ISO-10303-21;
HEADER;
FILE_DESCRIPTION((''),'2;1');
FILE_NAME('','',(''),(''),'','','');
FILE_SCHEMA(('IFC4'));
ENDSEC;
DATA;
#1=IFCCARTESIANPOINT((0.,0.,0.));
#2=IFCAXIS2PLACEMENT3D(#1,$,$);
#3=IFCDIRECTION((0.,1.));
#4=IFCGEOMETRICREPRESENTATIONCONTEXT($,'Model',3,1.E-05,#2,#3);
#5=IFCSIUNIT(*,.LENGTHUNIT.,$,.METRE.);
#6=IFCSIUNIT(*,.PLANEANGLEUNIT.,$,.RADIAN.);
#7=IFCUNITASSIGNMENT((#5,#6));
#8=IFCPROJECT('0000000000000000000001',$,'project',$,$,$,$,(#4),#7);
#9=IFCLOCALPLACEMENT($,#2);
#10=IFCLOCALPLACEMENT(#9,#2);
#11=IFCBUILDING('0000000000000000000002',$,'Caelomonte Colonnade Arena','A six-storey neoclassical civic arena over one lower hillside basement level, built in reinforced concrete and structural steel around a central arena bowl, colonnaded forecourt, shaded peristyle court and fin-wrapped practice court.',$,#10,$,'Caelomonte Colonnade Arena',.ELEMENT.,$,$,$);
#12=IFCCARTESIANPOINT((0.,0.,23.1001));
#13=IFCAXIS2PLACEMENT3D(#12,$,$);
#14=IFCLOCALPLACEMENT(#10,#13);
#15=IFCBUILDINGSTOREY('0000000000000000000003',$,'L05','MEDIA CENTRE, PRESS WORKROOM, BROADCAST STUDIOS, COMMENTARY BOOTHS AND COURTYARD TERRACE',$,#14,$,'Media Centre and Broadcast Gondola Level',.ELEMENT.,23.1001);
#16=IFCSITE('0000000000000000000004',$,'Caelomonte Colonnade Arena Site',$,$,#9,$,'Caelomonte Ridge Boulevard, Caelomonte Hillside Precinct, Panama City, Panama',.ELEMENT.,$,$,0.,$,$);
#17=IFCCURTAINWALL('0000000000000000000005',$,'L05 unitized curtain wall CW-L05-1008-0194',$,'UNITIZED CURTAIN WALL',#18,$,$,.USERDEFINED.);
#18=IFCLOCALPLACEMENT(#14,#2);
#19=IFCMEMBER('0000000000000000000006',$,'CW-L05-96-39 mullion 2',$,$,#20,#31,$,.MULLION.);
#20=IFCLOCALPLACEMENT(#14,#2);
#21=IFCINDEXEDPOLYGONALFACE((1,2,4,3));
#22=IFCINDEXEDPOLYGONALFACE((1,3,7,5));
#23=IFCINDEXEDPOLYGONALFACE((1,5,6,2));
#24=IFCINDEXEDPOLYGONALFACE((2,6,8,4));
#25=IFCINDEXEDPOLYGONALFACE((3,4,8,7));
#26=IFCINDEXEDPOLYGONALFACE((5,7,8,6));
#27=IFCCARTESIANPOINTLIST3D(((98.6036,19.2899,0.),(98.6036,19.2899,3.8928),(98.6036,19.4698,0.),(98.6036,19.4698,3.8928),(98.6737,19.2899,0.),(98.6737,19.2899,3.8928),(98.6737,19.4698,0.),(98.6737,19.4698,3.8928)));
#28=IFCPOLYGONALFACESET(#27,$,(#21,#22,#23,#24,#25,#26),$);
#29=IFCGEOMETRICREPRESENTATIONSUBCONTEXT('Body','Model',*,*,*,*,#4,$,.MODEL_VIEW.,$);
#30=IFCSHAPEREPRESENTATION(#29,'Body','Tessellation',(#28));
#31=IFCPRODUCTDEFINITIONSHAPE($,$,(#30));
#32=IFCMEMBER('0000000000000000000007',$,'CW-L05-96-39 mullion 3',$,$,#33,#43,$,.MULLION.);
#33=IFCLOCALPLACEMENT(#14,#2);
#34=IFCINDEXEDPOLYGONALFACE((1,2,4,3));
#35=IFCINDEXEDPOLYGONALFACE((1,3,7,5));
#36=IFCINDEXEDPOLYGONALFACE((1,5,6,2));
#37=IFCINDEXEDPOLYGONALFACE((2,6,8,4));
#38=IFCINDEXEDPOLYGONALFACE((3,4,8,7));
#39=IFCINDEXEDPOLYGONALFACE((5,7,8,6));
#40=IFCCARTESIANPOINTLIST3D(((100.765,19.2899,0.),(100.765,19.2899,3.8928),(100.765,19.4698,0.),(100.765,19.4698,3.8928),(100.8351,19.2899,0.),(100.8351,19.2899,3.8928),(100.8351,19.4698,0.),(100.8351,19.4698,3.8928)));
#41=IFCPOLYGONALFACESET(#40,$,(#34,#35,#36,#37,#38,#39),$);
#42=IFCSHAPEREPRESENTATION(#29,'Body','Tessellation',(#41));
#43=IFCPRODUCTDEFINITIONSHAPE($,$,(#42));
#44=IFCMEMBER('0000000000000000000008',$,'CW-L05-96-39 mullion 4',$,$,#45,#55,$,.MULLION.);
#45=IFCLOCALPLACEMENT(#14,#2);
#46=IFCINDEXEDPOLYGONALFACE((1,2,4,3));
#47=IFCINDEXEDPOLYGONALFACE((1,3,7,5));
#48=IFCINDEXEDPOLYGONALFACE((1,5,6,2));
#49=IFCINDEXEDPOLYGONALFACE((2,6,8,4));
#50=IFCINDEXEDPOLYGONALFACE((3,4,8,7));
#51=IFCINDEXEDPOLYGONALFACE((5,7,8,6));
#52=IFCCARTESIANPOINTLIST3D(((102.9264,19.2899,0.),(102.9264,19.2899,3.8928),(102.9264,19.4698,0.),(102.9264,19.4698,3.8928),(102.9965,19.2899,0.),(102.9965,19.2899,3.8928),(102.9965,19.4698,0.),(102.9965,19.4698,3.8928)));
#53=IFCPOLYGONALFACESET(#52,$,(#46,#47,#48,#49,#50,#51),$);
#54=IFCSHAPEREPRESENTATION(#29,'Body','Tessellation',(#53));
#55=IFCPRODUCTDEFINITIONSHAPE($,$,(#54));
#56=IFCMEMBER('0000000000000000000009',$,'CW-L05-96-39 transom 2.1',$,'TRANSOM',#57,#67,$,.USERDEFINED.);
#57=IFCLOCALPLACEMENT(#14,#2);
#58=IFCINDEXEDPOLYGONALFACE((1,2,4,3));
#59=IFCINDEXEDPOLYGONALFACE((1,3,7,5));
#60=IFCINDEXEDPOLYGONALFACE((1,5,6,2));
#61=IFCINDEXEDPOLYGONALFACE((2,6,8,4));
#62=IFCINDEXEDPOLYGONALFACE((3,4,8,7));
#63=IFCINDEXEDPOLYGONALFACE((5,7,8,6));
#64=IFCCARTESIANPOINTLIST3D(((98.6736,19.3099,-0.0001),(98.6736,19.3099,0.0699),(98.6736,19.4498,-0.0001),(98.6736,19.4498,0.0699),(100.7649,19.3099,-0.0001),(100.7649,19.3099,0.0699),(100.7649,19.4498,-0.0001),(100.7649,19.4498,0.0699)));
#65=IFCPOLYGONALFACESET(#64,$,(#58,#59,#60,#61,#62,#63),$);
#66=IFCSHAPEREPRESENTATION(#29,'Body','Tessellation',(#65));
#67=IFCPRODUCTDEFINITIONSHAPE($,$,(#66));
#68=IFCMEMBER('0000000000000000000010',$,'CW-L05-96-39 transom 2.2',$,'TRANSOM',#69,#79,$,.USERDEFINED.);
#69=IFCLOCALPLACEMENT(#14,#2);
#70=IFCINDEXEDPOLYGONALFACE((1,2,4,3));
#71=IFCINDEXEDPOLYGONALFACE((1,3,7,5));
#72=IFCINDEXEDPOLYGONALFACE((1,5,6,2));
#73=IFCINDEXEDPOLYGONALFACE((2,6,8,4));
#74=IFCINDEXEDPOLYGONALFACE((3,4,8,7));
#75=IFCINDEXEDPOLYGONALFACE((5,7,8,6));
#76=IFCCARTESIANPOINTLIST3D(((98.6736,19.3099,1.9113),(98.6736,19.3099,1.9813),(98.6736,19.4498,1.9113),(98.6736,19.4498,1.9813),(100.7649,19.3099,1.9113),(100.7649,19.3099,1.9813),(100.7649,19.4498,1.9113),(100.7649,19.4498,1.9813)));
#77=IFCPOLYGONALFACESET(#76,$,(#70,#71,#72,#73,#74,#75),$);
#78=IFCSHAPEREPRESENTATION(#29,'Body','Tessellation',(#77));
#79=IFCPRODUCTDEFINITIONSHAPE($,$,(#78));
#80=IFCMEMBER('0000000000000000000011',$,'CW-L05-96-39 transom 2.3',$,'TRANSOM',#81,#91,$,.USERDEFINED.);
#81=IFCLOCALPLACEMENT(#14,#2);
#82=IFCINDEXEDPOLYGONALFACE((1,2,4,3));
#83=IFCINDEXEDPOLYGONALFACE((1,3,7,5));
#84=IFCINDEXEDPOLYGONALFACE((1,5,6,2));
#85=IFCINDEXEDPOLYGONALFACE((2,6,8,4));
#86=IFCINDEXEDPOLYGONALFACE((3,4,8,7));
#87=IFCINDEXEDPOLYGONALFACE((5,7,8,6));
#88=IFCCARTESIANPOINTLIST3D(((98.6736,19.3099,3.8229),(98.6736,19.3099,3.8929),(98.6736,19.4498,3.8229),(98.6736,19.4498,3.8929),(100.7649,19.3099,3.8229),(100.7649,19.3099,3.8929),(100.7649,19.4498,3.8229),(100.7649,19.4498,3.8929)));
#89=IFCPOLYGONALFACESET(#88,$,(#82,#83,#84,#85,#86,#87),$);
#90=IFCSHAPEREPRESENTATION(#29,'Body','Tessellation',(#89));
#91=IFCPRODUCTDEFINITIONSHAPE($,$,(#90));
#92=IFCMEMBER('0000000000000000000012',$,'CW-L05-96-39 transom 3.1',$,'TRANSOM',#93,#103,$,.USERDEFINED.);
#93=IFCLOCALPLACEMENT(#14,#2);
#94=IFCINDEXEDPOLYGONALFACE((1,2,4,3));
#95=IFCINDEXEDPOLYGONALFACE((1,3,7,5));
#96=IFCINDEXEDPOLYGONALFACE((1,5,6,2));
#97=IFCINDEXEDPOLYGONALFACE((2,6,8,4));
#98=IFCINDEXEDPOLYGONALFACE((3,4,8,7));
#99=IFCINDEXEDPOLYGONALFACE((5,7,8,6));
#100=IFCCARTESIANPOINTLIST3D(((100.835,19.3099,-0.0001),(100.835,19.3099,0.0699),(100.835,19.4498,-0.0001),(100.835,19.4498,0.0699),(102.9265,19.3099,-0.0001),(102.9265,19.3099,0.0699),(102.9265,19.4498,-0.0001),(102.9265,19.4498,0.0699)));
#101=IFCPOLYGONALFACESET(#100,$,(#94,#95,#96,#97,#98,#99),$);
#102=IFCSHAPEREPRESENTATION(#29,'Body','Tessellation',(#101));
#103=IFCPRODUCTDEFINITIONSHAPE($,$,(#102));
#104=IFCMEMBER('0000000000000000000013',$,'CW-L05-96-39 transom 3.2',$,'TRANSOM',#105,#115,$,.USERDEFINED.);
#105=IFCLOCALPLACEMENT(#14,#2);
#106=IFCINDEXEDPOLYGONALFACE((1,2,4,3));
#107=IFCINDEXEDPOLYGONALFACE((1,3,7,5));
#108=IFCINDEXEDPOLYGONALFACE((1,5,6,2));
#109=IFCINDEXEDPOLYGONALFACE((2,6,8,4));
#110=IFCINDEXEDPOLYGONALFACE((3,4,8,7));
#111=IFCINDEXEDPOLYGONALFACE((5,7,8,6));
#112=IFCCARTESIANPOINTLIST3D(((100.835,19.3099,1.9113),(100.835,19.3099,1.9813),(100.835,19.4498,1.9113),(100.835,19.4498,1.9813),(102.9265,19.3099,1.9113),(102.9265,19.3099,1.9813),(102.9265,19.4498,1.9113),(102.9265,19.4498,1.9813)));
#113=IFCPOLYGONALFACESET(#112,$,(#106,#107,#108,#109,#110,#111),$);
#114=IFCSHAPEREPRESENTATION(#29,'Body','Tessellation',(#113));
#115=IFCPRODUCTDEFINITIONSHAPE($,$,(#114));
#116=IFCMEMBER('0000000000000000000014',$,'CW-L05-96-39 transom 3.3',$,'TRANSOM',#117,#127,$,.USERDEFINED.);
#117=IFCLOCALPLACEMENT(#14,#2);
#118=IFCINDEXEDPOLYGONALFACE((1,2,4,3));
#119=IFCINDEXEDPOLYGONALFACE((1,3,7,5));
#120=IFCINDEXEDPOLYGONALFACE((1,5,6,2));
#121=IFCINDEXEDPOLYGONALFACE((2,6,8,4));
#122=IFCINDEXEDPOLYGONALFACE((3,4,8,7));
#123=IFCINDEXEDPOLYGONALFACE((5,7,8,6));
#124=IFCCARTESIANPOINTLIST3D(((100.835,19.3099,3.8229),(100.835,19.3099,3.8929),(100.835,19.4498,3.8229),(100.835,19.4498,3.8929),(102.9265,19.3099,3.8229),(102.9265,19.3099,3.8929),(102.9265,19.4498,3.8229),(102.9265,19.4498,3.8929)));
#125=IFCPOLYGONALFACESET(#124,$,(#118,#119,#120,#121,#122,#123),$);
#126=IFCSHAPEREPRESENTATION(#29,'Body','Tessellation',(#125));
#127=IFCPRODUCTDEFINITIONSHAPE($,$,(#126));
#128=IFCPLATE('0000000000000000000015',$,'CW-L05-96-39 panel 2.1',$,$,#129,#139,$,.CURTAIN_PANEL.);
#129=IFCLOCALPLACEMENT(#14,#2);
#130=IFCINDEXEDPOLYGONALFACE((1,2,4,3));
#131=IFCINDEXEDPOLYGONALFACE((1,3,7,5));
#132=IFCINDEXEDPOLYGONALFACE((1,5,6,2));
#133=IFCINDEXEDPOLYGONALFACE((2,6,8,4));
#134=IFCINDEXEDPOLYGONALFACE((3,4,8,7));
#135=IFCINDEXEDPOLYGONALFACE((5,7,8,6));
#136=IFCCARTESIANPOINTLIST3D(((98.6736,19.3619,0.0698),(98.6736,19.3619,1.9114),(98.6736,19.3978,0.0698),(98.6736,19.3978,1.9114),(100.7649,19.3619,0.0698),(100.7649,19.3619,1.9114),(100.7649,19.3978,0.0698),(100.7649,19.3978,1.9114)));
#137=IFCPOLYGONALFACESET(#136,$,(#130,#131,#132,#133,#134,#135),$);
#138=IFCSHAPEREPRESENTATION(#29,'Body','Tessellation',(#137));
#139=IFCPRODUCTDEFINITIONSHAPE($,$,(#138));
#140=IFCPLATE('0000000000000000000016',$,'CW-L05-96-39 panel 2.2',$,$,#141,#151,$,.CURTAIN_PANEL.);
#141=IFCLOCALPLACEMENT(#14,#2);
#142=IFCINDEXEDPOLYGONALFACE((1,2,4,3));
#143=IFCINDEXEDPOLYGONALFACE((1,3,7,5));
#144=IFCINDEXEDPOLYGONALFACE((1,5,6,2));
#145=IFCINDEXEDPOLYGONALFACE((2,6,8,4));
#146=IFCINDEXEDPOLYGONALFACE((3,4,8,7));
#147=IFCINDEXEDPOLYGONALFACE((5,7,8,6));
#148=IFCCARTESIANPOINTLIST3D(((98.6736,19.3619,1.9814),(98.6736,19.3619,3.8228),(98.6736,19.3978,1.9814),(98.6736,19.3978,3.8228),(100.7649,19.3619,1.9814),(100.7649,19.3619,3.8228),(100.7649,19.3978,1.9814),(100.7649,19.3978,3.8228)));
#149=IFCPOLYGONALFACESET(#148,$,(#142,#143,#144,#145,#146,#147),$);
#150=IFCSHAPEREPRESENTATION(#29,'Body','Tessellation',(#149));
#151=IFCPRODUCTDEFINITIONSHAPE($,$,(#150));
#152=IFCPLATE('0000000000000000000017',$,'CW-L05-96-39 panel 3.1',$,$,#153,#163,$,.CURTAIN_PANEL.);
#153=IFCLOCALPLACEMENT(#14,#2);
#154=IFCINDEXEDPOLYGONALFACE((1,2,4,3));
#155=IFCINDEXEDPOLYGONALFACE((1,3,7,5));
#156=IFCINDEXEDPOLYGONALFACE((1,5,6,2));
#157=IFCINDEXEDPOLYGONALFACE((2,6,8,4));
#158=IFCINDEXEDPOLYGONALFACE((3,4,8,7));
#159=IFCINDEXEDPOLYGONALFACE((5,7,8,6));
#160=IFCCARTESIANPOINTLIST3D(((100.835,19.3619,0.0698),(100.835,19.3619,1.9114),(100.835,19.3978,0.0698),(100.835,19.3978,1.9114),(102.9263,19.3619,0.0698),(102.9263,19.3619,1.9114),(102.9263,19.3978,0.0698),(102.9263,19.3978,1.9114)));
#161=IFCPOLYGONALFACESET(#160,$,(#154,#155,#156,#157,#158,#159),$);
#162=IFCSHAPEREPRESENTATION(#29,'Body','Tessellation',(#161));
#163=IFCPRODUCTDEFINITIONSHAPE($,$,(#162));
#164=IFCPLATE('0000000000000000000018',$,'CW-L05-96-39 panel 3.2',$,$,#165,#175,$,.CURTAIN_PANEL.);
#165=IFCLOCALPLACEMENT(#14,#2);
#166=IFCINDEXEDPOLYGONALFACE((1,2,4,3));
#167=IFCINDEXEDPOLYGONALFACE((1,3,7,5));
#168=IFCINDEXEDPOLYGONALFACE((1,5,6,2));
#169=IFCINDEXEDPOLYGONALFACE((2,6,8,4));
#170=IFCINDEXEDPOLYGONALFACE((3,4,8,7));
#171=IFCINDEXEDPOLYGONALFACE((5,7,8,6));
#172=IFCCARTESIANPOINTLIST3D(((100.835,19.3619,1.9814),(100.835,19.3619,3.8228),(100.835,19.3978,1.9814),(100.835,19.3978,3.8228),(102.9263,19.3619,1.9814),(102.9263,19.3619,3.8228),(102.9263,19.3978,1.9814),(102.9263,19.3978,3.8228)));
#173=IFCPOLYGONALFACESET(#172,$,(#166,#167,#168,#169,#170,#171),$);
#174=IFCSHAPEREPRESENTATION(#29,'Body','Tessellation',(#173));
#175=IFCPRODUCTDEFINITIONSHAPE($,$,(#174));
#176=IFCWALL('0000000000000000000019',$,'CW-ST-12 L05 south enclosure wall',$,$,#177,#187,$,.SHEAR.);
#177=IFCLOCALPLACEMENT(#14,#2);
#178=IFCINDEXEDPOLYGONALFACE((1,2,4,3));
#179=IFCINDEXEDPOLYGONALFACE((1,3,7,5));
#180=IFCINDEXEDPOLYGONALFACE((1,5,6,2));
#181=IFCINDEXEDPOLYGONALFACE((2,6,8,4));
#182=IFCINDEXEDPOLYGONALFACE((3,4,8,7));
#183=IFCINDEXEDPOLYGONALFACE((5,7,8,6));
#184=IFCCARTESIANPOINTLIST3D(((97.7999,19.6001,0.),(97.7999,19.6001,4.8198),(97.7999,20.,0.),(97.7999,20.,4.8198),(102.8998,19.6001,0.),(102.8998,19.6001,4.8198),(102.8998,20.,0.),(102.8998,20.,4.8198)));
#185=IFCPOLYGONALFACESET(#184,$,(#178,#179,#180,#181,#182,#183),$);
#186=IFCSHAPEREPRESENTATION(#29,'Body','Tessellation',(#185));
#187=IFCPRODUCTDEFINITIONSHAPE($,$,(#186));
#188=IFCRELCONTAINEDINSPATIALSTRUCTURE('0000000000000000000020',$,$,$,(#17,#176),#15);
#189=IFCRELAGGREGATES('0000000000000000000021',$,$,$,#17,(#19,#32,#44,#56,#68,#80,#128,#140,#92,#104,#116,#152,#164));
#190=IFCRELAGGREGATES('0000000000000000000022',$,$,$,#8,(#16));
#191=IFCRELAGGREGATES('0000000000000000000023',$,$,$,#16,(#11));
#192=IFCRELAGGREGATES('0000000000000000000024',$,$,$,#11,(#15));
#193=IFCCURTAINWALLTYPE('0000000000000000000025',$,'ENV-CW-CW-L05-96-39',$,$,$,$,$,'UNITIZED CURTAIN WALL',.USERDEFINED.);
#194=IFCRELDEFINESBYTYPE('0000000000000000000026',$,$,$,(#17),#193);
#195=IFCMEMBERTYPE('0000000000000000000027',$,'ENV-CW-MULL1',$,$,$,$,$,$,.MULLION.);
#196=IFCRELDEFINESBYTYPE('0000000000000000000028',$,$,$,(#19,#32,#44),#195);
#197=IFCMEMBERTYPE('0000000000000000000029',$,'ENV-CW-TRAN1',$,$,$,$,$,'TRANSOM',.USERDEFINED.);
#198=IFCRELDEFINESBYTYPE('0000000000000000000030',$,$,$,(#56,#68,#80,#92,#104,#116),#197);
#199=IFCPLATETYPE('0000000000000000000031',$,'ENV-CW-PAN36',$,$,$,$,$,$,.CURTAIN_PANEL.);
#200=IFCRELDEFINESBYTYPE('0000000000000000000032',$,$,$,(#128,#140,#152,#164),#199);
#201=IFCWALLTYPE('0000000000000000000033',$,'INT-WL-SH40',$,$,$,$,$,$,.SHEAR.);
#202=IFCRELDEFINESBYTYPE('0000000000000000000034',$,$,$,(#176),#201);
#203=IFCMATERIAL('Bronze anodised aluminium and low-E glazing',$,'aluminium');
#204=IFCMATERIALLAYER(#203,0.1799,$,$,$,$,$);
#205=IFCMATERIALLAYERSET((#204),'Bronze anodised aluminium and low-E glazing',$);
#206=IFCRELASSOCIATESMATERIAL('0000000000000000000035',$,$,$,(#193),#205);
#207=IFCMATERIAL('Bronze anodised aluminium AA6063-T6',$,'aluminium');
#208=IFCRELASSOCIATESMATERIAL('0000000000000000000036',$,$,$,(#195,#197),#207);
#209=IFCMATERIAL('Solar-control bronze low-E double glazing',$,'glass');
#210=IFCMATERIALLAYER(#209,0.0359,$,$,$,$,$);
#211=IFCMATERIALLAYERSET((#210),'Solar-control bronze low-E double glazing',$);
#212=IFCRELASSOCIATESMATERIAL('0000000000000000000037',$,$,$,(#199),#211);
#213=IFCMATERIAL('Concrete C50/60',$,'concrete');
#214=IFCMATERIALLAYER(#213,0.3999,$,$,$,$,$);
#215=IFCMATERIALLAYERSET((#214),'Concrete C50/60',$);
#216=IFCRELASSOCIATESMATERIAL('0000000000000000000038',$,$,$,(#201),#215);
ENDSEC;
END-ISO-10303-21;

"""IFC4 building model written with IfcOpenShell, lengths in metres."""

from ifc_helpers import new_model, si_unit, direction, frame, frame_2d, origin, origin_2d, place, context, subcontext, project, spatial, rectangle, extrude, material, layer, layer_set, material_profile, profile_set, type_object, element, aggregate, save


model = new_model("IFC4")

# Units and contexts
model_context = context("Model", 3, precision=1e-05, world=origin(), true_north=direction((0.0, 1.0)))
body_context = subcontext(model_context, "Body", "Model", "MODEL_VIEW")
ifc_project = project(units=[si_unit("LENGTHUNIT", "METRE"), si_unit("PLANEANGLEUNIT", "RADIAN")], contexts=[model_context])

# Site, building, storey
site_placement = place(None, origin())
site = spatial("IfcSite", under=ifc_project, at=site_placement, Name="Caelomonte Colonnade Arena Site", LongName="Caelomonte Ridge Boulevard, Caelomonte Hillside Precinct, Panama City, Panama", CompositionType="ELEMENT", RefElevation=0.0)
building_placement = place(site_placement, origin())
building = spatial("IfcBuilding", under=site, at=building_placement, Name="Caelomonte Colonnade Arena", Description="A six-storey neoclassical civic arena over one lower hillside basement level, built in reinforced concrete and structural steel around a central arena bowl, colonnaded forecourt, shaded peristyle court and fin-wrapped practice court.", LongName="Caelomonte Colonnade Arena", CompositionType="ELEMENT")
storey_placement = place(building_placement, frame((0.0, 0.0, 23.1001)))
storey = spatial("IfcBuildingStorey", under=building, at=storey_placement, Name="L05", Description="MEDIA CENTRE, PRESS WORKROOM, BROADCAST STUDIOS, COMMENTARY BOOTHS AND COURTYARD TERRACE", LongName="Media Centre and Broadcast Gondola Level", CompositionType="ELEMENT", Elevation=23.1001)

# Curtain wall, members, plates
ifc_material_1 = material(Name="Bronze anodised aluminium and low-E glazing", Category="aluminium")
ifc_layer_1 = layer(ifc_material_1, 0.1799)
ifc_layer_set_1 = layer_set([ifc_layer_1], Name="Bronze anodised aluminium and low-E glazing")
curtain_wall_type = type_object("IfcCurtainWallType", Name="ENV-CW-CW-L05-96-39", ElementType="UNITIZED CURTAIN WALL", PredefinedType="USERDEFINED", material=ifc_layer_set_1)
curtain_wall_placement = place(storey_placement, origin())
curtain_wall = element("IfcCurtainWall", 1, at=curtain_wall_placement, inside=storey, type_object=curtain_wall_type, Name="L05 unitized curtain wall CW-L05-1008-0194", ObjectType="UNITIZED CURTAIN WALL", PredefinedType="USERDEFINED")
ifc_material_2 = material(Name="Bronze anodised aluminium AA6063-T6", Category="aluminium")
ifc_material_profile_1 = material_profile(ifc_material_2, rectangle(XDim=0.0701, YDim=0.1799, at=origin_2d()), Name="CWM-70X180")
ifc_profile_set_1 = profile_set([ifc_material_profile_1], Name="Bronze anodised aluminium AA6063-T6")
member_type_1 = type_object("IfcMemberType", Name="ENV-CW-MULL1", PredefinedType="MULLION", material=ifc_profile_set_1)
member_1_placement = place(storey_placement, frame((98.6387, 19.3799, 0.0), z_axis=(0.0, 0.0, 1.0), x_axis=(1.0, 0.0, 0.0)))
member_1 = element("IfcMember", 2, at=member_1_placement, type_object=member_type_1, Name="CW-L05-96-39 mullion 2", PredefinedType="MULLION", context=body_context, shape_type="SweptSolid", body=[
    extrude(rectangle(XDim=0.0701, YDim=0.1799, at=origin_2d()), origin(), (0.0, 0.0, 1.0), 3.8928),
])
member_2_placement = place(storey_placement, frame((100.8, 19.3799, 0.0), z_axis=(0.0, 0.0, 1.0), x_axis=(1.0, 0.0, 0.0)))
member_2 = element("IfcMember", 3, at=member_2_placement, type_object=member_type_1, Name="CW-L05-96-39 mullion 3", PredefinedType="MULLION", context=body_context, shape_type="SweptSolid", body=[
    extrude(rectangle(XDim=0.0701, YDim=0.1799, at=origin_2d()), origin(), (0.0, 0.0, 1.0), 3.8928),
])
member_3_placement = place(storey_placement, frame((102.9614, 19.3799, 0.0), z_axis=(0.0, 0.0, 1.0), x_axis=(1.0, 0.0, 0.0)))
member_3 = element("IfcMember", 4, at=member_3_placement, type_object=member_type_1, Name="CW-L05-96-39 mullion 4", PredefinedType="MULLION", context=body_context, shape_type="SweptSolid", body=[
    extrude(rectangle(XDim=0.0701, YDim=0.1799, at=origin_2d()), origin(), (0.0, 0.0, 1.0), 3.8928),
])
ifc_material_profile_2 = material_profile(ifc_material_2, rectangle(XDim=0.0701, YDim=0.1399, at=origin_2d()), Name="CWT-70X140")
ifc_profile_set_2 = profile_set([ifc_material_profile_2], Name="Bronze anodised aluminium AA6063-T6")
member_type_2 = type_object("IfcMemberType", Name="ENV-CW-TRAN1", ElementType="TRANSOM", PredefinedType="USERDEFINED", material=ifc_profile_set_2)
member_4_placement = place(storey_placement, frame((98.6736, 19.3799, 0.0349), z_axis=(1.0, 0.0, 0.0), x_axis=(0.0, 0.0, 1.0)))
member_4 = element("IfcMember", 5, at=member_4_placement, type_object=member_type_2, Name="CW-L05-96-39 transom 2.1", ObjectType="TRANSOM", PredefinedType="USERDEFINED", context=body_context, shape_type="SweptSolid", body=[
    extrude(rectangle(XDim=0.0701, YDim=0.1399, at=origin_2d()), origin(), (0.0, 0.0, 1.0), 2.0913),
])
member_5_placement = place(storey_placement, frame((98.6736, 19.3799, 1.9463), z_axis=(1.0, 0.0, 0.0), x_axis=(0.0, 0.0, 1.0)))
member_5 = element("IfcMember", 6, at=member_5_placement, type_object=member_type_2, Name="CW-L05-96-39 transom 2.2", ObjectType="TRANSOM", PredefinedType="USERDEFINED", context=body_context, shape_type="SweptSolid", body=[
    extrude(rectangle(XDim=0.0701, YDim=0.1399, at=origin_2d()), origin(), (0.0, 0.0, 1.0), 2.0913),
])
member_6_placement = place(storey_placement, frame((98.6736, 19.3799, 3.8579), z_axis=(1.0, 0.0, 0.0), x_axis=(0.0, 0.0, 1.0)))
member_6 = element("IfcMember", 7, at=member_6_placement, type_object=member_type_2, Name="CW-L05-96-39 transom 2.3", ObjectType="TRANSOM", PredefinedType="USERDEFINED", context=body_context, shape_type="SweptSolid", body=[
    extrude(rectangle(XDim=0.0701, YDim=0.1399, at=origin_2d()), origin(), (0.0, 0.0, 1.0), 2.0913),
])
member_7_placement = place(storey_placement, frame((100.835, 19.3799, 0.0349), z_axis=(1.0, 0.0, 0.0), x_axis=(0.0, 0.0, 1.0)))
member_7 = element("IfcMember", 8, at=member_7_placement, type_object=member_type_2, Name="CW-L05-96-39 transom 3.1", ObjectType="TRANSOM", PredefinedType="USERDEFINED", context=body_context, shape_type="SweptSolid", body=[
    extrude(rectangle(XDim=0.0701, YDim=0.1399, at=origin_2d()), origin(), (0.0, 0.0, 1.0), 2.0916),
])
member_8_placement = place(storey_placement, frame((100.835, 19.3799, 1.9463), z_axis=(1.0, 0.0, 0.0), x_axis=(0.0, 0.0, 1.0)))
member_8 = element("IfcMember", 9, at=member_8_placement, type_object=member_type_2, Name="CW-L05-96-39 transom 3.2", ObjectType="TRANSOM", PredefinedType="USERDEFINED", context=body_context, shape_type="SweptSolid", body=[
    extrude(rectangle(XDim=0.0701, YDim=0.1399, at=origin_2d()), origin(), (0.0, 0.0, 1.0), 2.0916),
])
member_9_placement = place(storey_placement, frame((100.835, 19.3799, 3.8579), z_axis=(1.0, 0.0, 0.0), x_axis=(0.0, 0.0, 1.0)))
member_9 = element("IfcMember", 10, at=member_9_placement, type_object=member_type_2, Name="CW-L05-96-39 transom 3.3", ObjectType="TRANSOM", PredefinedType="USERDEFINED", context=body_context, shape_type="SweptSolid", body=[
    extrude(rectangle(XDim=0.0701, YDim=0.1399, at=origin_2d()), origin(), (0.0, 0.0, 1.0), 2.0916),
])
ifc_material_3 = material(Name="Solar-control bronze low-E double glazing", Category="glass")
ifc_layer_2 = layer(ifc_material_3, 0.0359)
ifc_layer_set_2 = layer_set([ifc_layer_2], Name="Solar-control bronze low-E double glazing")
plate_type = type_object("IfcPlateType", Name="ENV-CW-PAN36", PredefinedType="CURTAIN_PANEL", material=ifc_layer_set_2)
plate_1_placement = place(storey_placement, frame((99.7192, 19.3799, 0.0698), z_axis=(0.0, 0.0, 1.0), x_axis=(1.0, 0.0, 0.0)))
plate_1 = element("IfcPlate", 11, at=plate_1_placement, type_object=plate_type, Name="CW-L05-96-39 panel 2.1", PredefinedType="CURTAIN_PANEL", context=body_context, shape_type="SweptSolid", body=[
    extrude(rectangle(XDim=2.0913, YDim=0.0359, at=origin_2d()), origin(), (0.0, 0.0, 1.0), 1.8416),
])
plate_2_placement = place(storey_placement, frame((99.7192, 19.3799, 1.9814), z_axis=(0.0, 0.0, 1.0), x_axis=(1.0, 0.0, 0.0)))
plate_2 = element("IfcPlate", 12, at=plate_2_placement, type_object=plate_type, Name="CW-L05-96-39 panel 2.2", PredefinedType="CURTAIN_PANEL", context=body_context, shape_type="SweptSolid", body=[
    extrude(rectangle(XDim=2.0913, YDim=0.0359, at=origin_2d()), origin(), (0.0, 0.0, 1.0), 1.8413),
])
plate_3_placement = place(storey_placement, frame((101.8806, 19.3799, 0.0698), z_axis=(0.0, 0.0, 1.0), x_axis=(1.0, 0.0, 0.0)))
plate_3 = element("IfcPlate", 13, at=plate_3_placement, type_object=plate_type, Name="CW-L05-96-39 panel 3.1", PredefinedType="CURTAIN_PANEL", context=body_context, shape_type="SweptSolid", body=[
    extrude(rectangle(XDim=2.0913, YDim=0.0359, at=origin_2d()), origin(), (0.0, 0.0, 1.0), 1.8416),
])
plate_4_placement = place(storey_placement, frame((101.8806, 19.3799, 1.9814), z_axis=(0.0, 0.0, 1.0), x_axis=(1.0, 0.0, 0.0)))
plate_4 = element("IfcPlate", 14, at=plate_4_placement, type_object=plate_type, Name="CW-L05-96-39 panel 3.2", PredefinedType="CURTAIN_PANEL", context=body_context, shape_type="SweptSolid", body=[
    extrude(rectangle(XDim=2.0913, YDim=0.0359, at=origin_2d()), origin(), (0.0, 0.0, 1.0), 1.8413),
])
aggregate(curtain_wall, [member_1, member_2, member_3, member_4, member_5, member_6, plate_1, plate_2, member_7, member_8, member_9, plate_3, plate_4])

# Wall
ifc_material_4 = material(Name="Concrete C50/60", Category="concrete")
ifc_layer_3 = layer(ifc_material_4, 0.3999)
ifc_layer_set_3 = layer_set([ifc_layer_3], Name="Concrete C50/60")
wall_type = type_object("IfcWallType", Name="INT-WL-SH40", PredefinedType="SHEAR", material=ifc_layer_set_3)
wall_1_placement = place(storey_placement, frame((97.8, 19.8, 0.0), z_axis=(0.0, 0.0, 1.0), x_axis=(1.0, 0.0, 0.0)))
element("IfcWall", 15, at=wall_1_placement, inside=storey, type_object=wall_type, Name="CW-ST-12 L05 south enclosure wall", PredefinedType="SHEAR", context=body_context, shape_type="SweptSolid", body=[
    extrude(rectangle(XDim=5.0999, YDim=0.3999, at=frame_2d((2.5498, 0.0))), origin(), (0.0, 0.0, 1.0), 4.8198),
])

save(model, "model.ifc")
